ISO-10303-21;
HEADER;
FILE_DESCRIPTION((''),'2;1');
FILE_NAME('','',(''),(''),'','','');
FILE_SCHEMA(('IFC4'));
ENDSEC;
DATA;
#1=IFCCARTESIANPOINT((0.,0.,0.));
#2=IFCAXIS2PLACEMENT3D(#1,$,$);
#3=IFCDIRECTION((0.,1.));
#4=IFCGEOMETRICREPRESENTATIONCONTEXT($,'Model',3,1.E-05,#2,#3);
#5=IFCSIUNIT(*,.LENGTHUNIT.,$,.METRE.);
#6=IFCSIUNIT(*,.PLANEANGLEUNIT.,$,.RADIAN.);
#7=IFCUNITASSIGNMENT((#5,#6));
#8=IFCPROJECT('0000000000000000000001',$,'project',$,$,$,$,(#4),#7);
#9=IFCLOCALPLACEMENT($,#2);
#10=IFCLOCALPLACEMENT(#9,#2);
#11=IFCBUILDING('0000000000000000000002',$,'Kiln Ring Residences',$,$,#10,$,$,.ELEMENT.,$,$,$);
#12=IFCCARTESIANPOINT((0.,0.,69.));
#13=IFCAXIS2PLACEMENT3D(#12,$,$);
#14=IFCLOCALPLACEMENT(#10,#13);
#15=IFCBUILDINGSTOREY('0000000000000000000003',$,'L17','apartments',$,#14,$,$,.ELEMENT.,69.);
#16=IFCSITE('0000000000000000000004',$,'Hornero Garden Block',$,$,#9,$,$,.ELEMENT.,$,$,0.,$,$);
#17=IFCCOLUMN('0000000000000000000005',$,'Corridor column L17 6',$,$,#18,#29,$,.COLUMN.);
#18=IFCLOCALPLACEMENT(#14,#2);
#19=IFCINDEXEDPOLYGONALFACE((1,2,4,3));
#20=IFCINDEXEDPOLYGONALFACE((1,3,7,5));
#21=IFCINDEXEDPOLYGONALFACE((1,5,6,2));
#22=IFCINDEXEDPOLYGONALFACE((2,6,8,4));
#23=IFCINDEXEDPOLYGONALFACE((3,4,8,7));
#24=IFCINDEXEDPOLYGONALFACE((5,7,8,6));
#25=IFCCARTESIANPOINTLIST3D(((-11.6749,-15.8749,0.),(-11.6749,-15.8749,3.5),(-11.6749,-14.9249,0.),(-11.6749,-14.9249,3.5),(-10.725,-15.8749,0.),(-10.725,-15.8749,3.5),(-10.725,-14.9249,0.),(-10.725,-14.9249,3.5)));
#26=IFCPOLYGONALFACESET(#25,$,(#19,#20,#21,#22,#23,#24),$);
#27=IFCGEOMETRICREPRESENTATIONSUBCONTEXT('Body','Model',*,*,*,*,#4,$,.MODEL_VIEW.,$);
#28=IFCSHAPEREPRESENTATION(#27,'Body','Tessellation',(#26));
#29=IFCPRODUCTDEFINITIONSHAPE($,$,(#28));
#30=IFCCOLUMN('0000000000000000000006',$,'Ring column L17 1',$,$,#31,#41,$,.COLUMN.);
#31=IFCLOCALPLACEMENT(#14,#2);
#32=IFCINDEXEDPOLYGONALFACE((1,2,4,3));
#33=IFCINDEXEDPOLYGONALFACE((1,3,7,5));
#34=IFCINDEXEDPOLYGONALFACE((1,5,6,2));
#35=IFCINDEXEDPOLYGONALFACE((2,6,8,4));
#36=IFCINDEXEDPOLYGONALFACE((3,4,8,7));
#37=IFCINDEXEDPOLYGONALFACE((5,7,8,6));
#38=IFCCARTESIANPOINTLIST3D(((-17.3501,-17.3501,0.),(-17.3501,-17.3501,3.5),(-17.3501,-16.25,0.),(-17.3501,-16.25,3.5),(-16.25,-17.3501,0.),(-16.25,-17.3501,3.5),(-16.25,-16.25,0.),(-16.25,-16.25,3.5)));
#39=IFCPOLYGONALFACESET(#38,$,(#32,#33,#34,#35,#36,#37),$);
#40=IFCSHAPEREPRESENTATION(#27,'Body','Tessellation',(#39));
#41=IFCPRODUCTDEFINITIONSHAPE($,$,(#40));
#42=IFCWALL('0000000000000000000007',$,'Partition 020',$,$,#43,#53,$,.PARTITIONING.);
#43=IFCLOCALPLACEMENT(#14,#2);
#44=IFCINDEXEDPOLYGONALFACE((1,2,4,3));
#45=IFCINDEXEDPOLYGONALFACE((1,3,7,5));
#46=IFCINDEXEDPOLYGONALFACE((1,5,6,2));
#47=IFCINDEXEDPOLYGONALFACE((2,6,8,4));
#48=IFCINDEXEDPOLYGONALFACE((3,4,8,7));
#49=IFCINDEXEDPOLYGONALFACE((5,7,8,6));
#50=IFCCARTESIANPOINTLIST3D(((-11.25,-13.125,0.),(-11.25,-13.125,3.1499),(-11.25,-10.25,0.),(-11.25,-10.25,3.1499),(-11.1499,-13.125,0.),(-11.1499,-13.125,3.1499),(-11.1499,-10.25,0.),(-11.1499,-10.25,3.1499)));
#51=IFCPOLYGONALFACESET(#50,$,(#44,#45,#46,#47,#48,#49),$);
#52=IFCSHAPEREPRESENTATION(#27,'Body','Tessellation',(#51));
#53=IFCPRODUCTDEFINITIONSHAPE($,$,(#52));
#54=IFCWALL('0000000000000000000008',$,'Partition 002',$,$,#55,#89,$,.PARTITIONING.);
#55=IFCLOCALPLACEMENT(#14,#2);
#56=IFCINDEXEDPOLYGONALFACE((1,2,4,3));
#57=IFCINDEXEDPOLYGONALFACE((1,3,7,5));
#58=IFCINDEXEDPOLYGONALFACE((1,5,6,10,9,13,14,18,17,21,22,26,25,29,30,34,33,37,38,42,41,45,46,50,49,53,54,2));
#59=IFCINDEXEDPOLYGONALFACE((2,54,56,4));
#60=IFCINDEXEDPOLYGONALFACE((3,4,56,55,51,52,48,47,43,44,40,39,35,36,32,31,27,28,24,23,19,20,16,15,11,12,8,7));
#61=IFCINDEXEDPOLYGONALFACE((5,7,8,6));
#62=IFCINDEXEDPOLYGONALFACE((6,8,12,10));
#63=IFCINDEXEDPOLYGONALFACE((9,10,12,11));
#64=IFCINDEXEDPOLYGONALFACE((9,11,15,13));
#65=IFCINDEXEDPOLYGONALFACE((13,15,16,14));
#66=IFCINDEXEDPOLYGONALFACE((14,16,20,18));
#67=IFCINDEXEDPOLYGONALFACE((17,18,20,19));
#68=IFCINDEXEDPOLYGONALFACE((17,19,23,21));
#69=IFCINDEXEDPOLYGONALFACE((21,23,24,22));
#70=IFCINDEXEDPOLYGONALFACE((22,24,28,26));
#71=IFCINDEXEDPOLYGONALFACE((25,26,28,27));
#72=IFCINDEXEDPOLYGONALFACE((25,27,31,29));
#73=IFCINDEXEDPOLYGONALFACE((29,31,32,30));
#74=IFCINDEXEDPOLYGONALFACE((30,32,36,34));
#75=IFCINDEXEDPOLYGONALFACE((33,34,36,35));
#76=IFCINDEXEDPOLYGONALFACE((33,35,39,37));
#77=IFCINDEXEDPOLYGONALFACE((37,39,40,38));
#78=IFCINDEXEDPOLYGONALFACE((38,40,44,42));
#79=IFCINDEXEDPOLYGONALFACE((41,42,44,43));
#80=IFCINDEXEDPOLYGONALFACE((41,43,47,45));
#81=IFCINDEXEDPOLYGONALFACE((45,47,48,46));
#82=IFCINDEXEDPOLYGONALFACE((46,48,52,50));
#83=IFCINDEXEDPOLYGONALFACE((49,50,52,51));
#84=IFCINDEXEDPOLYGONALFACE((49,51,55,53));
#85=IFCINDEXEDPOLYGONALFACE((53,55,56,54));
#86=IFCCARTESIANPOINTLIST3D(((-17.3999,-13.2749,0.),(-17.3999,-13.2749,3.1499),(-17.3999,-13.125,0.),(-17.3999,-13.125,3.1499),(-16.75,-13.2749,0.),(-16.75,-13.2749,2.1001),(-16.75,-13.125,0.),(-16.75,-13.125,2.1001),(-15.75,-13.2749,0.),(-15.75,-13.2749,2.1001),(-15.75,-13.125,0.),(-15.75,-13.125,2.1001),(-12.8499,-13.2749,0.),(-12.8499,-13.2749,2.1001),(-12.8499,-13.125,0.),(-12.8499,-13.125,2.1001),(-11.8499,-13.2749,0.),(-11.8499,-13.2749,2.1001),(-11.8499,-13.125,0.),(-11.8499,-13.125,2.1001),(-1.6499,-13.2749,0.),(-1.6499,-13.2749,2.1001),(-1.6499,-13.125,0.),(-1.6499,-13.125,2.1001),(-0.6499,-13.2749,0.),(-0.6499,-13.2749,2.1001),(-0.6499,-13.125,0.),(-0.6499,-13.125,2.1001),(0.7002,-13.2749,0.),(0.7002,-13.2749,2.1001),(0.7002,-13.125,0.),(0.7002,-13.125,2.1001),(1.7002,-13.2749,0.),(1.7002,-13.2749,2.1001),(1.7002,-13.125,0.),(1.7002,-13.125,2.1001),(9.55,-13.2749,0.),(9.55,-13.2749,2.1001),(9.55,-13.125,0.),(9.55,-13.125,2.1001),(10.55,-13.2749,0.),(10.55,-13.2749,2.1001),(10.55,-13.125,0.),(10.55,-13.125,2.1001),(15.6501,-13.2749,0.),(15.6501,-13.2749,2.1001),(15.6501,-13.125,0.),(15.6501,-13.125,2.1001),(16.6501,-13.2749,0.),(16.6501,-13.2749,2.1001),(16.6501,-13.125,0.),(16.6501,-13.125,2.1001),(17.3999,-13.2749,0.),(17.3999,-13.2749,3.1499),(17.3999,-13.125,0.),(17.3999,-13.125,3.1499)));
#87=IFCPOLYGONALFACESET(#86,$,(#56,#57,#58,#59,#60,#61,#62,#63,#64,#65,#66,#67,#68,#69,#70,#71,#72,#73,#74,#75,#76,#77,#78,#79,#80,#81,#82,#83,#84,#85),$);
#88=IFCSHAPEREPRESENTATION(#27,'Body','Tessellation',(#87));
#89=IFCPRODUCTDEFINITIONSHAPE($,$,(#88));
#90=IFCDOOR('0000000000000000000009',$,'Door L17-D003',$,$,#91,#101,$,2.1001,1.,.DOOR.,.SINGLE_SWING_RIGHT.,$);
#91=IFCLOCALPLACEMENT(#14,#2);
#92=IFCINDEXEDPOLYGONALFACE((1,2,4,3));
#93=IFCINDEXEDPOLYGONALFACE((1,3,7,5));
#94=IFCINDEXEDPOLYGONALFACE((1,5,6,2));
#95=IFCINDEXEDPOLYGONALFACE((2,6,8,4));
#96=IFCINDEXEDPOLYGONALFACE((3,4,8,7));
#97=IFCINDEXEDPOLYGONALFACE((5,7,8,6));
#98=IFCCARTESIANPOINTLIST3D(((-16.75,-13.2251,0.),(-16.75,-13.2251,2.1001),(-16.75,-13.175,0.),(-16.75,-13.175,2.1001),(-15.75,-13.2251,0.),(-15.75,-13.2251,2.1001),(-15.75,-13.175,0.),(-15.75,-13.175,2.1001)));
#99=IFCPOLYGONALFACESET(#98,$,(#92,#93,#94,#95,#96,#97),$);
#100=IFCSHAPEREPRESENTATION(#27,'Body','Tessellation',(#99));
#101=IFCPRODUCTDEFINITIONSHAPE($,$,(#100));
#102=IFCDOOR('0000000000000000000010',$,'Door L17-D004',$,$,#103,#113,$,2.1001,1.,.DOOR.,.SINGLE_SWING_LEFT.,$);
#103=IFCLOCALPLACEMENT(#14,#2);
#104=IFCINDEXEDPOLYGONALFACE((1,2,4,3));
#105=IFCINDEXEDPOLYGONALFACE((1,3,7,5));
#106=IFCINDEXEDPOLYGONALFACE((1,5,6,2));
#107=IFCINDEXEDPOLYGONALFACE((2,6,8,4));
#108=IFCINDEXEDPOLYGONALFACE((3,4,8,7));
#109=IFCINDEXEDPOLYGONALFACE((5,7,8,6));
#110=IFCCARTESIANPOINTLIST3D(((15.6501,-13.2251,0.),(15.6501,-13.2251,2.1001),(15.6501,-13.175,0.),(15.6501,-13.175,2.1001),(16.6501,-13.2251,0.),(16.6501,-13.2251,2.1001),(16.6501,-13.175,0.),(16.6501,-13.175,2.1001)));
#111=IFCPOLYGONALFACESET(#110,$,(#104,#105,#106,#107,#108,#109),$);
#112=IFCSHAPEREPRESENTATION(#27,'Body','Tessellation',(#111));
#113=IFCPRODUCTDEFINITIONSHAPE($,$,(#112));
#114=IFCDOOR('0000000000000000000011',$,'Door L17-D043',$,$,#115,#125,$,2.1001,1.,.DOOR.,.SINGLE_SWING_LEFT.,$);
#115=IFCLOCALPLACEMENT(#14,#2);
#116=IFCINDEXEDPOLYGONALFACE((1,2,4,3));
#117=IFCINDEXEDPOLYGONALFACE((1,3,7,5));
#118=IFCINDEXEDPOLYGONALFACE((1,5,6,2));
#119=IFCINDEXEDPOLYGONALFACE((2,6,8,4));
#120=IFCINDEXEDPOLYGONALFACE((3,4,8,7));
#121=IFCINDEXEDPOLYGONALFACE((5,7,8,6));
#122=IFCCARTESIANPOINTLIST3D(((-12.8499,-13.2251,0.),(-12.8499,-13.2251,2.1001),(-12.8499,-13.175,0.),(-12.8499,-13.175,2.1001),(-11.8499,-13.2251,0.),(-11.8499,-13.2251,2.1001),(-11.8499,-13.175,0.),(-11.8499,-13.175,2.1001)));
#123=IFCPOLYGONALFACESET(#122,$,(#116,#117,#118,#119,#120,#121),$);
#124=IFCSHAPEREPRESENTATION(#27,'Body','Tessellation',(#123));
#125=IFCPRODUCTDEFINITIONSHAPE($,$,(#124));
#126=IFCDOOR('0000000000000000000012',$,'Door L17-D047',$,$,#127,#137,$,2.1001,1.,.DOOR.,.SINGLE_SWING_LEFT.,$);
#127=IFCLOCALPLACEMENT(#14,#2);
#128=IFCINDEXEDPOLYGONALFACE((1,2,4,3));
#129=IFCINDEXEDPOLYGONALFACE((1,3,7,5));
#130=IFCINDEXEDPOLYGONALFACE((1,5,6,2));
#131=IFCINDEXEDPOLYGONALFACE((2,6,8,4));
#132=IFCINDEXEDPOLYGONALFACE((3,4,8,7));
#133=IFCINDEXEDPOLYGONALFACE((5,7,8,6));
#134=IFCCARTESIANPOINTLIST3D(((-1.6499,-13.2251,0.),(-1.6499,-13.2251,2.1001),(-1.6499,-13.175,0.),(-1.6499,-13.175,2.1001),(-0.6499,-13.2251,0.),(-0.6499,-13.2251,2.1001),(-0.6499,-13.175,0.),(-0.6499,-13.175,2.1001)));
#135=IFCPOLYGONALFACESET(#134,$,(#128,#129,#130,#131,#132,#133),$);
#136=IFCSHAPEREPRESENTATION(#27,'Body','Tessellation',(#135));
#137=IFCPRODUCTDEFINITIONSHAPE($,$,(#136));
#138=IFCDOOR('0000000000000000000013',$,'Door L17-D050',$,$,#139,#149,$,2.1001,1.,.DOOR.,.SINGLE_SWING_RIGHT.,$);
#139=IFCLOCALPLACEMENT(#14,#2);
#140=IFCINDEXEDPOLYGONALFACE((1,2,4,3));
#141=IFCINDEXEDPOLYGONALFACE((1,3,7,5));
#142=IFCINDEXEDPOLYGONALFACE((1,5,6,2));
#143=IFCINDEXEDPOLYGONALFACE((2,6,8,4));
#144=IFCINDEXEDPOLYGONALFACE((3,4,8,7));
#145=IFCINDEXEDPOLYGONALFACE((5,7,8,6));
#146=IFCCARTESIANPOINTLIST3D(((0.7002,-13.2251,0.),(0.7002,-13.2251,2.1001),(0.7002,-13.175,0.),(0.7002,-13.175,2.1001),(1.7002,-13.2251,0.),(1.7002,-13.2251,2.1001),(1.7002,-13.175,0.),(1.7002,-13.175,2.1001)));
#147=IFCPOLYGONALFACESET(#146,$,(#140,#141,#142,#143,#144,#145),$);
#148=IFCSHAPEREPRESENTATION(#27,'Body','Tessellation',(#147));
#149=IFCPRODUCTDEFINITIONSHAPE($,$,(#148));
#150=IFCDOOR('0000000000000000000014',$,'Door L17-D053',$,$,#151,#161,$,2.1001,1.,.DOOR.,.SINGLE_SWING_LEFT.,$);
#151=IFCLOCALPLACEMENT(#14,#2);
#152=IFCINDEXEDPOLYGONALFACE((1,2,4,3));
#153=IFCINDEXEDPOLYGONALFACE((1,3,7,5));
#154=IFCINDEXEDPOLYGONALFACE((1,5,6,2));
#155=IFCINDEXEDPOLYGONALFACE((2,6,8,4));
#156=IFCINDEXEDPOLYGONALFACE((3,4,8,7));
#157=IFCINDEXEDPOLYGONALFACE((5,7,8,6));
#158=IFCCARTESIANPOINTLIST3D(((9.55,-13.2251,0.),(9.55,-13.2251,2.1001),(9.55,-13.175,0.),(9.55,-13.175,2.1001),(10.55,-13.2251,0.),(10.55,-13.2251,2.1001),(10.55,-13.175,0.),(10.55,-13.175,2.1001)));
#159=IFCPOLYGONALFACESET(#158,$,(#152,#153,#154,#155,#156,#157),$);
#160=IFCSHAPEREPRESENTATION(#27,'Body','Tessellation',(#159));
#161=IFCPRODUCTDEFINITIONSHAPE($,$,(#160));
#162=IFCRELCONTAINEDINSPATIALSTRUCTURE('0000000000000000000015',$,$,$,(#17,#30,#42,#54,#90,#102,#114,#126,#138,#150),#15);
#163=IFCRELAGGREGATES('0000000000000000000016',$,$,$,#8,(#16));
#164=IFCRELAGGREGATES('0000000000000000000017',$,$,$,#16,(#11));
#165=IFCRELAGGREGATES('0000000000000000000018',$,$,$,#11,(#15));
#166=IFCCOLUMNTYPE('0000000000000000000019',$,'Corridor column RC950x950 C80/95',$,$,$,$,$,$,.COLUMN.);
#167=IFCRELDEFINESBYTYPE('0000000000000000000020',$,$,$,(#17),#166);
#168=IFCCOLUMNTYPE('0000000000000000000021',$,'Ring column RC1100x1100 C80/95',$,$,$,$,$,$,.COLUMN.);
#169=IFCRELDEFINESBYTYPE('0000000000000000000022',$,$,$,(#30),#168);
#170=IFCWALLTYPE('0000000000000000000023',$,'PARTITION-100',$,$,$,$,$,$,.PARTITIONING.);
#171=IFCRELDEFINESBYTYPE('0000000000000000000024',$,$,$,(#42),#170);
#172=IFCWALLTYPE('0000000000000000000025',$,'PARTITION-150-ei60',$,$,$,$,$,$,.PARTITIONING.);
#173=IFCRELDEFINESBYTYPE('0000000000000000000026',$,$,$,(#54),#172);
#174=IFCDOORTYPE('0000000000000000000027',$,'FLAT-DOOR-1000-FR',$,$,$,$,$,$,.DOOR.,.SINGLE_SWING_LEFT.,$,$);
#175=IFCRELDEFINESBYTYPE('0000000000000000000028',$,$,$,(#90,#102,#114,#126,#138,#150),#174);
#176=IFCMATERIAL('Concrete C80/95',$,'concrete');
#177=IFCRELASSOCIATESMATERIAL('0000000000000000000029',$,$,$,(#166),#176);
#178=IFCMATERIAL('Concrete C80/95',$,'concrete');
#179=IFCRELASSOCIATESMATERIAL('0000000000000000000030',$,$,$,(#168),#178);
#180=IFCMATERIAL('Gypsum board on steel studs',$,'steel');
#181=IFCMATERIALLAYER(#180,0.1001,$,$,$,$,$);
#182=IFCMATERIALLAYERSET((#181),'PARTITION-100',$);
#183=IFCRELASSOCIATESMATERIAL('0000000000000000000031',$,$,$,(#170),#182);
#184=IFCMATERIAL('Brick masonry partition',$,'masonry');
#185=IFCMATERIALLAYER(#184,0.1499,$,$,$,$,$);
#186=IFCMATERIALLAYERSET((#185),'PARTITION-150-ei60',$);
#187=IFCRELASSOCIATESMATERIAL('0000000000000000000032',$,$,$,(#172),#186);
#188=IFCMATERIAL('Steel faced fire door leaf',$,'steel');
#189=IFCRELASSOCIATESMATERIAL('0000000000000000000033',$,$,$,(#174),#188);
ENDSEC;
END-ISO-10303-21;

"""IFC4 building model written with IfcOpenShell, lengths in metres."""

from ifc_helpers import new_model, si_unit, direction, frame, frame_2d, origin, origin_2d, place, context, subcontext, project, spatial, rectangle, extrude, material, layer, layer_set, material_profile, profile_set, type_object, element, fill, save


model = new_model("IFC4")

# Units and contexts
model_context = context("Model", 3, precision=1e-05, world=origin(), true_north=direction((0.0, 1.0)))
body_context = subcontext(model_context, "Body", "Model", "MODEL_VIEW")
ifc_project = project(units=[si_unit("LENGTHUNIT", "METRE"), si_unit("PLANEANGLEUNIT", "RADIAN")], contexts=[model_context])

# Site, building, storey
site_placement = place(None, origin())
site = spatial("IfcSite", under=ifc_project, at=site_placement, Name="Hornero Garden Block", CompositionType="ELEMENT", RefElevation=0.0)
building_placement = place(site_placement, origin())
building = spatial("IfcBuilding", under=site, at=building_placement, Name="Kiln Ring Residences", CompositionType="ELEMENT")
storey_placement = place(building_placement, frame((0.0, 0.0, 69.0)))
storey = spatial("IfcBuildingStorey", under=building, at=storey_placement, Name="L17", Description="apartments", CompositionType="ELEMENT", Elevation=69.0)

# Columns
ifc_material_1 = material(Name="Concrete C80/95", Category="concrete")
ifc_material_profile_1 = material_profile(ifc_material_1, rectangle(XDim=0.95, YDim=0.95, at=origin_2d()), Name="RC950x950")
ifc_profile_set_1 = profile_set([ifc_material_profile_1], Name="Concrete C80/95")
column_type_1 = type_object("IfcColumnType", Name="Corridor column RC950x950 C80/95", PredefinedType="COLUMN", material=ifc_profile_set_1)
column_1_placement = place(storey_placement, frame((-11.2, -15.3999, 0.0), z_axis=(0.0, 0.0, 1.0), x_axis=(1.0, 0.0, 0.0)))
element("IfcColumn", 1, at=column_1_placement, inside=storey, type_object=column_type_1, Name="Corridor column L17 6", PredefinedType="COLUMN", context=body_context, shape_type="SweptSolid", body=[
    extrude(rectangle(XDim=0.95, YDim=0.95, at=origin_2d()), origin(), (0.0, 0.0, 1.0), 3.5),
])
ifc_material_2 = material(Name="Concrete C80/95", Category="concrete")
ifc_material_profile_2 = material_profile(ifc_material_2, rectangle(XDim=1.1001, YDim=1.1001, at=origin_2d()), Name="RC1100x1100")
ifc_profile_set_2 = profile_set([ifc_material_profile_2], Name="Concrete C80/95")
column_type_2 = type_object("IfcColumnType", Name="Ring column RC1100x1100 C80/95", PredefinedType="COLUMN", material=ifc_profile_set_2)
column_2_placement = place(storey_placement, frame((-16.8, -16.8, 0.0), z_axis=(0.0, 0.0, 1.0), x_axis=(1.0, 0.0, 0.0)))
element("IfcColumn", 2, at=column_2_placement, inside=storey, type_object=column_type_2, Name="Ring column L17 1", PredefinedType="COLUMN", context=body_context, shape_type="SweptSolid", body=[
    extrude(rectangle(XDim=1.1001, YDim=1.1001, at=origin_2d()), origin(), (0.0, 0.0, 1.0), 3.5),
])

# Wall
ifc_material_3 = material(Name="Gypsum board on steel studs", Category="steel")
ifc_layer_1 = layer(ifc_material_3, 0.1001)
ifc_layer_set_1 = layer_set([ifc_layer_1], Name="PARTITION-100")
wall_type_1 = type_object("IfcWallType", Name="PARTITION-100", PredefinedType="PARTITIONING", material=ifc_layer_set_1)
wall_1_placement = place(storey_placement, frame((-11.2, -13.125, 0.0), z_axis=(0.0, 0.0, 1.0), x_axis=(0.0, 1.0, 0.0)))
element("IfcWall", 3, at=wall_1_placement, inside=storey, type_object=wall_type_1, Name="Partition 020", PredefinedType="PARTITIONING", context=body_context, shape_type="SweptSolid", body=[
    extrude(rectangle(XDim=2.875, YDim=0.1001, at=frame_2d((1.4375, 0.0))), origin(), (0.0, 0.0, 1.0), 3.1499),
])

# Wall, openings, doors
ifc_material_4 = material(Name="Brick masonry partition", Category="masonry")
ifc_layer_2 = layer(ifc_material_4, 0.1499)
ifc_layer_set_2 = layer_set([ifc_layer_2], Name="PARTITION-150-ei60")
wall_type_2 = type_object("IfcWallType", Name="PARTITION-150-ei60", PredefinedType="PARTITIONING", material=ifc_layer_set_2)
wall_2_placement = place(storey_placement, frame((-17.3999, -13.2, 0.0), z_axis=(0.0, 0.0, 1.0), x_axis=(1.0, 0.0, 0.0)))
wall_2 = element("IfcWall", 4, at=wall_2_placement, inside=storey, type_object=wall_type_2, Name="Partition 002", PredefinedType="PARTITIONING", context=body_context, shape_type="SweptSolid", body=[
    extrude(rectangle(XDim=34.7998, YDim=0.1499, at=frame_2d((17.3999, 0.0))), origin(), (0.0, 0.0, 1.0), 3.1499),
])
opening_1_placement = place(wall_2_placement, frame((0.6499, 0.0, 0.0)))
opening_1 = element("IfcOpeningElement", 5, at=opening_1_placement, cuts=wall_2, PredefinedType="OPENING", context=body_context, shape_type="SweptSolid", body=[
    extrude(rectangle(XDim=1.0, YDim=2.1001, at=frame_2d((0.5, 1.05))), frame((0.0, 0.085, 0.0), z_axis=(0.0, -1.0, 0.0), x_axis=(1.0, 0.0, 0.0)), (0.0, 0.0, 1.0), 0.1699),
])
opening_2_placement = place(wall_2_placement, frame((33.05, 0.0, 0.0)))
opening_2 = element("IfcOpeningElement", 6, at=opening_2_placement, cuts=wall_2, PredefinedType="OPENING", context=body_context, shape_type="SweptSolid", body=[
    extrude(rectangle(XDim=1.0, YDim=2.1001, at=frame_2d((0.5, 1.05))), frame((0.0, 0.085, 0.0), z_axis=(0.0, -1.0, 0.0), x_axis=(1.0, 0.0, 0.0)), (0.0, 0.0, 1.0), 0.1699),
])
opening_3_placement = place(wall_2_placement, frame((4.55, 0.0, 0.0)))
opening_3 = element("IfcOpeningElement", 7, at=opening_3_placement, cuts=wall_2, PredefinedType="OPENING", context=body_context, shape_type="SweptSolid", body=[
    extrude(rectangle(XDim=1.0, YDim=2.1001, at=frame_2d((0.5, 1.05))), frame((0.0, 0.085, 0.0), z_axis=(0.0, -1.0, 0.0), x_axis=(1.0, 0.0, 0.0)), (0.0, 0.0, 1.0), 0.1699),
])
opening_4_placement = place(wall_2_placement, frame((15.75, 0.0, 0.0)))
opening_4 = element("IfcOpeningElement", 8, at=opening_4_placement, cuts=wall_2, PredefinedType="OPENING", context=body_context, shape_type="SweptSolid", body=[
    extrude(rectangle(XDim=1.0, YDim=2.1001, at=frame_2d((0.5, 1.05))), frame((0.0, 0.085, 0.0), z_axis=(0.0, -1.0, 0.0), x_axis=(1.0, 0.0, 0.0)), (0.0, 0.0, 1.0), 0.1699),
])
opening_5_placement = place(wall_2_placement, frame((18.1001, 0.0, 0.0)))
opening_5 = element("IfcOpeningElement", 9, at=opening_5_placement, cuts=wall_2, PredefinedType="OPENING", context=body_context, shape_type="SweptSolid", body=[
    extrude(rectangle(XDim=1.0, YDim=2.1001, at=frame_2d((0.5, 1.05))), frame((0.0, 0.085, 0.0), z_axis=(0.0, -1.0, 0.0), x_axis=(1.0, 0.0, 0.0)), (0.0, 0.0, 1.0), 0.1699),
])
opening_6_placement = place(wall_2_placement, frame((26.95, 0.0, 0.0)))
opening_6 = element("IfcOpeningElement", 10, at=opening_6_placement, cuts=wall_2, PredefinedType="OPENING", context=body_context, shape_type="SweptSolid", body=[
    extrude(rectangle(XDim=1.0, YDim=2.1001, at=frame_2d((0.5, 1.05))), frame((0.0, 0.085, 0.0), z_axis=(0.0, -1.0, 0.0), x_axis=(1.0, 0.0, 0.0)), (0.0, 0.0, 1.0), 0.1699),
])
ifc_material_5 = material(Name="Steel faced fire door leaf", Category="steel")
door_type = type_object("IfcDoorType", Name="FLAT-DOOR-1000-FR", OperationType="SINGLE_SWING_LEFT", PredefinedType="DOOR", material=ifc_material_5)
door_1_placement = place(opening_1_placement, origin())
door_1 = element("IfcDoor", 11, at=door_1_placement, inside=storey, type_object=door_type, Name="Door L17-D003", OperationType="SINGLE_SWING_RIGHT", OverallHeight=2.1001, OverallWidth=1.0, PredefinedType="DOOR", context=body_context, shape_type="SweptSolid", body=[
    extrude(rectangle(XDim=1.0, YDim=2.1001, at=frame_2d((0.5, 1.05))), frame((0.0, 0.0249, 0.0), z_axis=(0.0, -1.0, 0.0), x_axis=(1.0, 0.0, 0.0)), (0.0, 0.0, 1.0), 0.05),
])
fill(opening_1, door_1)
door_2_placement = place(opening_2_placement, origin())
door_2 = element("IfcDoor", 12, at=door_2_placement, inside=storey, type_object=door_type, Name="Door L17-D004", OperationType="SINGLE_SWING_LEFT", OverallHeight=2.1001, OverallWidth=1.0, PredefinedType="DOOR", context=body_context, shape_type="SweptSolid", body=[
    extrude(rectangle(XDim=1.0, YDim=2.1001, at=frame_2d((0.5, 1.05))), frame((0.0, 0.0249, 0.0), z_axis=(0.0, -1.0, 0.0), x_axis=(1.0, 0.0, 0.0)), (0.0, 0.0, 1.0), 0.05),
])
fill(opening_2, door_2)
door_3_placement = place(opening_3_placement, origin())
door_3 = element("IfcDoor", 13, at=door_3_placement, inside=storey, type_object=door_type, Name="Door L17-D043", OperationType="SINGLE_SWING_LEFT", OverallHeight=2.1001, OverallWidth=1.0, PredefinedType="DOOR", context=body_context, shape_type="SweptSolid", body=[
    extrude(rectangle(XDim=1.0, YDim=2.1001, at=frame_2d((0.5, 1.05))), frame((0.0, 0.0249, 0.0), z_axis=(0.0, -1.0, 0.0), x_axis=(1.0, 0.0, 0.0)), (0.0, 0.0, 1.0), 0.05),
])
fill(opening_3, door_3)
door_4_placement = place(opening_4_placement, origin())
door_4 = element("IfcDoor", 14, at=door_4_placement, inside=storey, type_object=door_type, Name="Door L17-D047", OperationType="SINGLE_SWING_LEFT", OverallHeight=2.1001, OverallWidth=1.0, PredefinedType="DOOR", context=body_context, shape_type="SweptSolid", body=[
    extrude(rectangle(XDim=1.0, YDim=2.1001, at=frame_2d((0.5, 1.05))), frame((0.0, 0.0249, 0.0), z_axis=(0.0, -1.0, 0.0), x_axis=(1.0, 0.0, 0.0)), (0.0, 0.0, 1.0), 0.05),
])
fill(opening_4, door_4)
door_5_placement = place(opening_5_placement, origin())
door_5 = element("IfcDoor", 15, at=door_5_placement, inside=storey, type_object=door_type, Name="Door L17-D050", OperationType="SINGLE_SWING_RIGHT", OverallHeight=2.1001, OverallWidth=1.0, PredefinedType="DOOR", context=body_context, shape_type="SweptSolid", body=[
    extrude(rectangle(XDim=1.0, YDim=2.1001, at=frame_2d((0.5, 1.05))), frame((0.0, 0.0249, 0.0), z_axis=(0.0, -1.0, 0.0), x_axis=(1.0, 0.0, 0.0)), (0.0, 0.0, 1.0), 0.05),
])
fill(opening_5, door_5)
door_6_placement = place(opening_6_placement, origin())
door_6 = element("IfcDoor", 16, at=door_6_placement, inside=storey, type_object=door_type, Name="Door L17-D053", OperationType="SINGLE_SWING_LEFT", OverallHeight=2.1001, OverallWidth=1.0, PredefinedType="DOOR", context=body_context, shape_type="SweptSolid", body=[
    extrude(rectangle(XDim=1.0, YDim=2.1001, at=frame_2d((0.5, 1.05))), frame((0.0, 0.0249, 0.0), z_axis=(0.0, -1.0, 0.0), x_axis=(1.0, 0.0, 0.0)), (0.0, 0.0, 1.0), 0.05),
])
fill(opening_6, door_6)

save(model, "model.ifc")
